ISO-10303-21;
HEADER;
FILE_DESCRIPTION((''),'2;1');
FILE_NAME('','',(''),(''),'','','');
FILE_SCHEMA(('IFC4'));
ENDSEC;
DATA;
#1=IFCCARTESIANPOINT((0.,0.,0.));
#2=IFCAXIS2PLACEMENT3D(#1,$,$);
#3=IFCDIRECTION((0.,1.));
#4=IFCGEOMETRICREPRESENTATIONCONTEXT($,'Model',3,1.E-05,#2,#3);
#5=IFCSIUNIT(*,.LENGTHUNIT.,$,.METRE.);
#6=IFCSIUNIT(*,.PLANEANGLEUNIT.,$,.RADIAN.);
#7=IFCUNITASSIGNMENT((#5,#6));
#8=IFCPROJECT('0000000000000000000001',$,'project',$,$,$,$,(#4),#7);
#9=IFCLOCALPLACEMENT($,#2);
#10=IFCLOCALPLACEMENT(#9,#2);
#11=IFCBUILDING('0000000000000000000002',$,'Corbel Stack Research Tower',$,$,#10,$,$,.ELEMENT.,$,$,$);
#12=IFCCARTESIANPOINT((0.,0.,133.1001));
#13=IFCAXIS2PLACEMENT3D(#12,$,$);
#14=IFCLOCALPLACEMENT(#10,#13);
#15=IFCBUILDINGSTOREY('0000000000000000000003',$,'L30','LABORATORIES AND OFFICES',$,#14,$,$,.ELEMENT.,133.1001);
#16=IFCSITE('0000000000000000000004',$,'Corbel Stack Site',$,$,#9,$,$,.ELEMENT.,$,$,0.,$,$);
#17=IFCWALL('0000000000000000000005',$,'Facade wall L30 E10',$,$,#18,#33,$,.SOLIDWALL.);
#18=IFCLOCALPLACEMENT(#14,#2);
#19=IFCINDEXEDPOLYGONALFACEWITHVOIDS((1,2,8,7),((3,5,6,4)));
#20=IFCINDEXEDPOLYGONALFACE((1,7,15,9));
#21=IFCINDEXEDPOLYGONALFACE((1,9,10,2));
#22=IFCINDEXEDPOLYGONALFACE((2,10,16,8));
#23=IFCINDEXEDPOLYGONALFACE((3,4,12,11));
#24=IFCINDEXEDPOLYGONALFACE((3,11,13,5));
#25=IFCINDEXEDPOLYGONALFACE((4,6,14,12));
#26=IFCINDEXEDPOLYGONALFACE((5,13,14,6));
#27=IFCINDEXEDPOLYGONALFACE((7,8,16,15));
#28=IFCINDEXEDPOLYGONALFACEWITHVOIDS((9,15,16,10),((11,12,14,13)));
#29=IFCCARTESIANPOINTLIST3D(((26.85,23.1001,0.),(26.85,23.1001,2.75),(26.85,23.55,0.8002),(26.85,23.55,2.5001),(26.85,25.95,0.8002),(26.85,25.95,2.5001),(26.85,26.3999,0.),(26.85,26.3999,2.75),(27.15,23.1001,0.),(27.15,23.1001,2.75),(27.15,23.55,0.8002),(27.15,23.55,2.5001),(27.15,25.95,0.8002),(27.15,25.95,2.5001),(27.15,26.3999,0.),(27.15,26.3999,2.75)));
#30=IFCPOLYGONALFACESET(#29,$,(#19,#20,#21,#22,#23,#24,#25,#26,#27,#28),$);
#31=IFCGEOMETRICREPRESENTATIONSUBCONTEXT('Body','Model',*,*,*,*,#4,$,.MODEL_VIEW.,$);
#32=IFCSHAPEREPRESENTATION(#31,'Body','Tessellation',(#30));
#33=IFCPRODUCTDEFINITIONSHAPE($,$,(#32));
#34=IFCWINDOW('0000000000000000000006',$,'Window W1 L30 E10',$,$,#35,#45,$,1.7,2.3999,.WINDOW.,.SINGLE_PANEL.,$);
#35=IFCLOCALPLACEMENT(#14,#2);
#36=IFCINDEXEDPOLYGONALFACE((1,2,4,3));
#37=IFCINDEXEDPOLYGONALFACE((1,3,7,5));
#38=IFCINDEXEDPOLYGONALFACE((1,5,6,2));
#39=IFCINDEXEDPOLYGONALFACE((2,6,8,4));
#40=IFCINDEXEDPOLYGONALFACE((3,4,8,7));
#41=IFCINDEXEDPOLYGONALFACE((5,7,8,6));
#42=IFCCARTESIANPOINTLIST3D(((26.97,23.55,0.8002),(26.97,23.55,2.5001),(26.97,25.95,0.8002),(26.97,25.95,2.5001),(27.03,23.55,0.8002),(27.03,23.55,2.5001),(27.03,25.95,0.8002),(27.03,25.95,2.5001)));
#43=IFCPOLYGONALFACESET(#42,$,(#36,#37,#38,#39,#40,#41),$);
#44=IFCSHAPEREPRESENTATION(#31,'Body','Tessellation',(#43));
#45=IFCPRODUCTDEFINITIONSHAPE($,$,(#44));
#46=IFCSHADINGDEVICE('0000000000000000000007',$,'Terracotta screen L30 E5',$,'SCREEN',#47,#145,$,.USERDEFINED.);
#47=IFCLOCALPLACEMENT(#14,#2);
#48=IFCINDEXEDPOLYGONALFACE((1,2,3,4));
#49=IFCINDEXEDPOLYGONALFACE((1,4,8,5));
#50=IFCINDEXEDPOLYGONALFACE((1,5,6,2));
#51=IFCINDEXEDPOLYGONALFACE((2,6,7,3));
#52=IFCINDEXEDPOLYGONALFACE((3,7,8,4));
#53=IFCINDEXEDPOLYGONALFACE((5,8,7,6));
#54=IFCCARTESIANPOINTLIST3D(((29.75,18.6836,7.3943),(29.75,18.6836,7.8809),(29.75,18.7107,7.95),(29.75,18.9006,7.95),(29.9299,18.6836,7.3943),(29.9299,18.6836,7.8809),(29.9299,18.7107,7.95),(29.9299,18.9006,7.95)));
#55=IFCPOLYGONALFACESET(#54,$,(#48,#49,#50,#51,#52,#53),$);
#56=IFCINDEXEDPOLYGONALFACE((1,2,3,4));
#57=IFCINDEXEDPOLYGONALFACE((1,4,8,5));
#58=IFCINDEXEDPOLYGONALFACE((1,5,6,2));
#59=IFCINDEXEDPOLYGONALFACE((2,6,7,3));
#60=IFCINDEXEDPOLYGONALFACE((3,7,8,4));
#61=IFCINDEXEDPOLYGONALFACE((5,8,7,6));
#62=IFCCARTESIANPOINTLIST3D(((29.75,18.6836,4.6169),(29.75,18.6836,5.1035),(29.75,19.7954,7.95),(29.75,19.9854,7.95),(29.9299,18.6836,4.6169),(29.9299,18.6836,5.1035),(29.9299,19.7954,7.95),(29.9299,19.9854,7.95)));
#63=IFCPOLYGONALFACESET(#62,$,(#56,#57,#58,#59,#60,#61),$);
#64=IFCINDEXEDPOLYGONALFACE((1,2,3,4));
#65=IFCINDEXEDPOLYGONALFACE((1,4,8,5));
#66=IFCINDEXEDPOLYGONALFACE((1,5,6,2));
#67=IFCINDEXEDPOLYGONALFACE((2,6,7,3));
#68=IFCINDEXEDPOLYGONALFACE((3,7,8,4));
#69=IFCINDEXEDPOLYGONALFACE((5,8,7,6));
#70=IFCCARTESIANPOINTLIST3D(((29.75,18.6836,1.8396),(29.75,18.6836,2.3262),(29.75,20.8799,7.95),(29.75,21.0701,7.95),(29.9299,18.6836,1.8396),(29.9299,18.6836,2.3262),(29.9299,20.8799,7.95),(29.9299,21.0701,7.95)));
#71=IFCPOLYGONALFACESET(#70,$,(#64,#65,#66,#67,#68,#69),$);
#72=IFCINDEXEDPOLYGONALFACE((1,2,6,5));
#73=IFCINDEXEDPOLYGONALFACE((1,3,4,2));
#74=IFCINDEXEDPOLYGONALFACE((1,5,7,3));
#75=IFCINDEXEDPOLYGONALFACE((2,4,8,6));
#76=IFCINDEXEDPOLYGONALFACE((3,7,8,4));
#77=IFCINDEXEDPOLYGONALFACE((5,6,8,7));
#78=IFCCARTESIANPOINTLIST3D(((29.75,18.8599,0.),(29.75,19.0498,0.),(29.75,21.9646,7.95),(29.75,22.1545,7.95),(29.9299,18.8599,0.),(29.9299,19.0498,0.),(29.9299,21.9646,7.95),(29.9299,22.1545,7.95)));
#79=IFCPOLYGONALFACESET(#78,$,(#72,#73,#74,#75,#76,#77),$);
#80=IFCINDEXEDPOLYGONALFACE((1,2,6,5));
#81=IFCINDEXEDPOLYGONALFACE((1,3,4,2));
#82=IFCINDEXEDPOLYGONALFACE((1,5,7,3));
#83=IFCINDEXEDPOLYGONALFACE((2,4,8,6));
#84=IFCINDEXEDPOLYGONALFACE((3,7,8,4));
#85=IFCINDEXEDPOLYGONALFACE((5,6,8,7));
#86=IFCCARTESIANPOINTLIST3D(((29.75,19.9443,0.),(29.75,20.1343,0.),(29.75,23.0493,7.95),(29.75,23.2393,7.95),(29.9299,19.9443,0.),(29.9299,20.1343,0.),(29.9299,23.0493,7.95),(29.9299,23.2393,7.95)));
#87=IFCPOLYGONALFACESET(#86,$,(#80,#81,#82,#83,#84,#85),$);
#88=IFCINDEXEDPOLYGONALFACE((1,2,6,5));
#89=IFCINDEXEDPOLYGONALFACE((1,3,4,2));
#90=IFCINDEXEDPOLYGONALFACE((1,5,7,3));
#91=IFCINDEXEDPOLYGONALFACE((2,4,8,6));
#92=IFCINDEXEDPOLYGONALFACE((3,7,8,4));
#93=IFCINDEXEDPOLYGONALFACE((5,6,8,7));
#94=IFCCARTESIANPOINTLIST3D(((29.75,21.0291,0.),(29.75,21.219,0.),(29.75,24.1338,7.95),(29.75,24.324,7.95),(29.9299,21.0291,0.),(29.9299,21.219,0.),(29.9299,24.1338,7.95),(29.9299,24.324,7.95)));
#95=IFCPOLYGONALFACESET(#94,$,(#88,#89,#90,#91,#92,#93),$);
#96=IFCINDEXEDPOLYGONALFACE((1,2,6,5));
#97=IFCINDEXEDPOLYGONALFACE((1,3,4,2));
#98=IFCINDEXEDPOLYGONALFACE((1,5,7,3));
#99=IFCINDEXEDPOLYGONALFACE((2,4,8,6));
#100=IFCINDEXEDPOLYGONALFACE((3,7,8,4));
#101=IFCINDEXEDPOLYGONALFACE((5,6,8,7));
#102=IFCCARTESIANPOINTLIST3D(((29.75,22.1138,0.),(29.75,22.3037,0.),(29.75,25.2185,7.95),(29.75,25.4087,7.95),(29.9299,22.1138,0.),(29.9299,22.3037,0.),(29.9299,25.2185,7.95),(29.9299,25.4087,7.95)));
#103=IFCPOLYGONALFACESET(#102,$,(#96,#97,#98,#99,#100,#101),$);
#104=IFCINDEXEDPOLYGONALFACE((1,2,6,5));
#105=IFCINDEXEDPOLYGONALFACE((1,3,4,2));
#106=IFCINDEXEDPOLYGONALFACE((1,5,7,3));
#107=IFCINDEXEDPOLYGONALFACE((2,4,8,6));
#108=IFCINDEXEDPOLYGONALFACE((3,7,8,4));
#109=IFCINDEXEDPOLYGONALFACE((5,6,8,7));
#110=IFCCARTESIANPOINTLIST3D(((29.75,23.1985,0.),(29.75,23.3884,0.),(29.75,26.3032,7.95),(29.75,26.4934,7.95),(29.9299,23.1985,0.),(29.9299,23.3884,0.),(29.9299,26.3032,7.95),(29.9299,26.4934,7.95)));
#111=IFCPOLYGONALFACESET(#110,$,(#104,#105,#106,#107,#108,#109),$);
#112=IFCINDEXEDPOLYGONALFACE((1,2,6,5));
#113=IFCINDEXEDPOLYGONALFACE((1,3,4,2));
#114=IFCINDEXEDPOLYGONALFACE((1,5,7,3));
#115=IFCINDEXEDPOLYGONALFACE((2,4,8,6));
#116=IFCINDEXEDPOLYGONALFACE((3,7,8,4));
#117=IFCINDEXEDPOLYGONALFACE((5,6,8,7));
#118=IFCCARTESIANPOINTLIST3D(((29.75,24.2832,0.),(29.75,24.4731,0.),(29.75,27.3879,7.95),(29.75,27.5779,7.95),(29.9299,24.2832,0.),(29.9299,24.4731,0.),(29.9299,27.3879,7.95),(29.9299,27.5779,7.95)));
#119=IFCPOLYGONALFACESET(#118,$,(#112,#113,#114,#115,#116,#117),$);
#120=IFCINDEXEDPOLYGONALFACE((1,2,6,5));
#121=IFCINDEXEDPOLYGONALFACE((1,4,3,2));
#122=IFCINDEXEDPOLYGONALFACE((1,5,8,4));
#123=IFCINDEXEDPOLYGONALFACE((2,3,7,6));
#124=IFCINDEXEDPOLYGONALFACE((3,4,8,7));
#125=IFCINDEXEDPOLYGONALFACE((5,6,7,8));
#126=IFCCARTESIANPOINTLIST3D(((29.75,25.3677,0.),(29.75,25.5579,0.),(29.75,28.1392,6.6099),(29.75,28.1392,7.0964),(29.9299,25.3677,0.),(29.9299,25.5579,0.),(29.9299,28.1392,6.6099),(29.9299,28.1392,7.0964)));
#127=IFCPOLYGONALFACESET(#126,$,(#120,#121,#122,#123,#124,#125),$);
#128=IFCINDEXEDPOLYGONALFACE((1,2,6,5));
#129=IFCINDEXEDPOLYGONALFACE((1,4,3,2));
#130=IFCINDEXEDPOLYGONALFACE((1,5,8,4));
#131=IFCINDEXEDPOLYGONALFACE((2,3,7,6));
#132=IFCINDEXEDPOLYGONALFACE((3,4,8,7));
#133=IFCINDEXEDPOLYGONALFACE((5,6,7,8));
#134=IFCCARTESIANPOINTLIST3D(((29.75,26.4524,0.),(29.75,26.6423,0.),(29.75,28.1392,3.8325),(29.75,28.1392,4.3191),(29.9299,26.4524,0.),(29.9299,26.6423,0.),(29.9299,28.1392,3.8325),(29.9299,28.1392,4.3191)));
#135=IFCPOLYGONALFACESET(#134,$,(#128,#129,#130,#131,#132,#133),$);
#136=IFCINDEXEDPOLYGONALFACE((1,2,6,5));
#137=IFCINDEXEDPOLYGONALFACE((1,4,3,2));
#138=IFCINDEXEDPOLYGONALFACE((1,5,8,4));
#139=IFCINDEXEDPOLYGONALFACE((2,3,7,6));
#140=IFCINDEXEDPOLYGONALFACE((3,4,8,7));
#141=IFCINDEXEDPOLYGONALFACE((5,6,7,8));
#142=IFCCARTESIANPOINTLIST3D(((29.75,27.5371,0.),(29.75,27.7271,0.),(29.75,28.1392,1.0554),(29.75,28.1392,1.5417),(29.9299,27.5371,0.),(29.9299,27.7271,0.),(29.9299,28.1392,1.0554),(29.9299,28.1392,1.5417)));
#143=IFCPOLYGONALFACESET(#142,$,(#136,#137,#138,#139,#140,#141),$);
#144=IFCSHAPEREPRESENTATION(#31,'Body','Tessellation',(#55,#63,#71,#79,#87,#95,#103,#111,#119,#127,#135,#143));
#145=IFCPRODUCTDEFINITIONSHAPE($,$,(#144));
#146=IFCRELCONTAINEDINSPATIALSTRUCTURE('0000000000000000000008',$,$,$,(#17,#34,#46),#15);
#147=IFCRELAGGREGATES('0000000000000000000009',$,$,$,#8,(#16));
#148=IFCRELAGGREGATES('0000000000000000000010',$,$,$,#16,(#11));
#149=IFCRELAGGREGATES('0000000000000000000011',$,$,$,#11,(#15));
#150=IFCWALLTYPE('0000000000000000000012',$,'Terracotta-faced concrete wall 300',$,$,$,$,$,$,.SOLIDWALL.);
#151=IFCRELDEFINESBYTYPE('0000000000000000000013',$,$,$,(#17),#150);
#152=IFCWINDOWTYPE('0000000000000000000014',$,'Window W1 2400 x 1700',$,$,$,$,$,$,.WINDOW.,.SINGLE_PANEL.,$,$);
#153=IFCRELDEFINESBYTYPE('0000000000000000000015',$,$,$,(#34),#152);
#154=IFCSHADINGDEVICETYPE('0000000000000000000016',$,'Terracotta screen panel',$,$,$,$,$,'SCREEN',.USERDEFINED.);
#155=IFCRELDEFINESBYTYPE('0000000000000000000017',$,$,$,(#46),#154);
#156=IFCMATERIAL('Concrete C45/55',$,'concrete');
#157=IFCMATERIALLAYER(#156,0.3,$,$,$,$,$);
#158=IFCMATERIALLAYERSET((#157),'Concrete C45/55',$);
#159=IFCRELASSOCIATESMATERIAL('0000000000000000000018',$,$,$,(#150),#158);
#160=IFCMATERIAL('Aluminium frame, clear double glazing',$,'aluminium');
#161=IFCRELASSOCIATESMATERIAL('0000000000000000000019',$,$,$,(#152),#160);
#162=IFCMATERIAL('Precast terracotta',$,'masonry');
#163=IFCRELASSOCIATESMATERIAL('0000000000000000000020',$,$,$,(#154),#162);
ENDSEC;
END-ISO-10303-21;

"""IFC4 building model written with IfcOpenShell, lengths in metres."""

from ifc_helpers import new_model, si_unit, direction, frame, frame_2d, origin, place, context, subcontext, project, spatial, polyline, rectangle, outline, extrude, source, transform, mapped, material, layer, layer_set, type_object, element, fill, save


model = new_model("IFC4")

# Units and contexts
model_context = context("Model", 3, precision=1e-05, world=origin(), true_north=direction((0.0, 1.0)))
body_context = subcontext(model_context, "Body", "Model", "MODEL_VIEW")
ifc_project = project(units=[si_unit("LENGTHUNIT", "METRE"), si_unit("PLANEANGLEUNIT", "RADIAN")], contexts=[model_context])

# Site, building, storey
site_placement = place(None, origin())
site = spatial("IfcSite", under=ifc_project, at=site_placement, Name="Corbel Stack Site", CompositionType="ELEMENT", RefElevation=0.0)
building_placement = place(site_placement, origin())
building = spatial("IfcBuilding", under=site, at=building_placement, Name="Corbel Stack Research Tower", CompositionType="ELEMENT")
storey_placement = place(building_placement, frame((0.0, 0.0, 133.1001)))
storey = spatial("IfcBuildingStorey", under=building, at=storey_placement, Name="L30", Description="LABORATORIES AND OFFICES", CompositionType="ELEMENT", Elevation=133.1001)

# Shared definitions
ifc_material_1 = material(Name="Concrete C45/55", Category="concrete")
ifc_layer_1 = layer(ifc_material_1, 0.3)
ifc_layer_set_1 = layer_set([ifc_layer_1], Name="Concrete C45/55")
wall_type_1 = type_object("IfcWallType", Name="Terracotta-faced concrete wall 300", PredefinedType="SOLIDWALL", material=ifc_layer_set_1)

# Wall, opening, window
wall_1_placement = place(storey_placement, frame((27.0, 26.3999, 0.0), z_axis=(0.0, 0.0, 1.0), x_axis=(0.0, -1.0, 0.0)))
wall_1 = element("IfcWall", 1, at=wall_1_placement, inside=storey, type_object=wall_type_1, Name="Facade wall L30 E10", PredefinedType="SOLIDWALL", context=body_context, shape_type="SweptSolid", body=[
    extrude(rectangle(XDim=3.2998, YDim=0.3, at=frame_2d((1.6499, 0.0))), origin(), (0.0, 0.0, 1.0), 2.75),
])
opening_1_placement = place(wall_1_placement, frame((0.45, 0.0, 0.8)))
opening_1 = element("IfcOpeningElement", 2, at=opening_1_placement, cuts=wall_1, PredefinedType="OPENING", context=body_context, shape_type="SweptSolid", body=[
    extrude(rectangle(XDim=2.3999, YDim=1.7, at=frame_2d((1.2, 0.8501))), frame((0.0, 0.1599, 0.0), z_axis=(0.0, -1.0, 0.0), x_axis=(1.0, 0.0, 0.0)), (0.0, 0.0, 1.0), 0.3201),
])
ifc_material_2 = material(Name="Aluminium frame, clear double glazing", Category="aluminium")
window_type = type_object("IfcWindowType", Name="Window W1 2400 x 1700", PartitioningType="SINGLE_PANEL", PredefinedType="WINDOW", material=ifc_material_2)
window_placement = place(opening_1_placement, origin())
window = element("IfcWindow", 3, at=window_placement, inside=storey, type_object=window_type, Name="Window W1 L30 E10", OverallHeight=1.7, OverallWidth=2.3999, PartitioningType="SINGLE_PANEL", PredefinedType="WINDOW", context=body_context, shape_type="SweptSolid", body=[
    extrude(rectangle(XDim=2.3999, YDim=1.7, at=frame_2d((1.2, 0.8501))), frame((0.0, 0.03, 0.0), z_axis=(0.0, -1.0, 0.0), x_axis=(1.0, 0.0, 0.0)), (0.0, 0.0, 1.0), 0.0601),
])
fill(opening_1, window)

# Shading device
ifc_material_3 = material(Name="Precast terracotta", Category="masonry")
shading_device_type = type_object("IfcShadingDeviceType", Name="Terracotta screen panel", ElementType="SCREEN", PredefinedType="USERDEFINED", material=ifc_material_3)
shared_shape = source(origin(), body_context, "Body", "SweptSolid", [
    extrude(outline(polyline([(0.217, 7.95), (0.0271, 7.95), (0.0, 7.8809), (0.0, 7.3943), (0.217, 7.95)])), frame((0.0, 0.0, 0.0), z_axis=(0.0, -1.0, 0.0), x_axis=(1.0, 0.0, 0.0)), (0.0, 0.0, 1.0), 0.1799),
    extrude(outline(polyline([(1.3018, 7.95), (1.1118, 7.95), (0.0, 5.1035), (0.0, 4.6169), (1.3018, 7.95)])), frame((0.0, 0.0, 0.0), z_axis=(0.0, -1.0, 0.0), x_axis=(1.0, 0.0, 0.0)), (0.0, 0.0, 1.0), 0.1799),
    extrude(outline(polyline([(2.3865, 7.95), (2.1963, 7.95), (0.0, 2.3262), (0.0, 1.8396), (2.3865, 7.95)])), frame((0.0, 0.0, 0.0), z_axis=(0.0, -1.0, 0.0), x_axis=(1.0, 0.0, 0.0)), (0.0, 0.0, 1.0), 0.1799),
    extrude(outline(polyline([(0.3662, 0.0), (3.4709, 7.95), (3.281, 7.95), (0.1763, 0.0), (0.3662, 0.0)])), frame((0.0, 0.0, 0.0), z_axis=(0.0, -1.0, 0.0), x_axis=(1.0, 0.0, 0.0)), (0.0, 0.0, 1.0), 0.1799),
    extrude(outline(polyline([(1.4507, 0.0), (4.5557, 7.95), (4.3657, 7.95), (1.2607, 0.0), (1.4507, 0.0)])), frame((0.0, 0.0, 0.0), z_axis=(0.0, -1.0, 0.0), x_axis=(1.0, 0.0, 0.0)), (0.0, 0.0, 1.0), 0.1799),
    extrude(outline(polyline([(2.5354, 0.0), (5.6404, 7.95), (5.4502, 7.95), (2.3455, 0.0), (2.5354, 0.0)])), frame((0.0, 0.0, 0.0), z_axis=(0.0, -1.0, 0.0), x_axis=(1.0, 0.0, 0.0)), (0.0, 0.0, 1.0), 0.1799),
    extrude(outline(polyline([(3.6201, 0.0), (6.7251, 7.95), (6.5349, 7.95), (3.4302, 0.0), (3.6201, 0.0)])), frame((0.0, 0.0, 0.0), z_axis=(0.0, -1.0, 0.0), x_axis=(1.0, 0.0, 0.0)), (0.0, 0.0, 1.0), 0.1799),
    extrude(outline(polyline([(4.7048, 0.0), (7.8098, 7.95), (7.6196, 7.95), (4.5149, 0.0), (4.7048, 0.0)])), frame((0.0, 0.0, 0.0), z_axis=(0.0, -1.0, 0.0), x_axis=(1.0, 0.0, 0.0)), (0.0, 0.0, 1.0), 0.1799),
    extrude(outline(polyline([(5.7896, 0.0), (8.8943, 7.95), (8.7043, 7.95), (5.5996, 0.0), (5.7896, 0.0)])), frame((0.0, 0.0, 0.0), z_axis=(0.0, -1.0, 0.0), x_axis=(1.0, 0.0, 0.0)), (0.0, 0.0, 1.0), 0.1799),
    extrude(outline(polyline([(6.8743, 0.0), (9.4556, 6.6099), (9.4556, 7.0964), (6.6841, 0.0), (6.8743, 0.0)])), frame((0.0, 0.0, 0.0), z_axis=(0.0, -1.0, 0.0), x_axis=(1.0, 0.0, 0.0)), (0.0, 0.0, 1.0), 0.1799),
    extrude(outline(polyline([(7.9587, 0.0), (9.4556, 3.8325), (9.4556, 4.3191), (7.7688, 0.0), (7.9587, 0.0)])), frame((0.0, 0.0, 0.0), z_axis=(0.0, -1.0, 0.0), x_axis=(1.0, 0.0, 0.0)), (0.0, 0.0, 1.0), 0.1799),
    extrude(outline(polyline([(9.0435, 0.0), (9.4556, 1.0554), (9.4556, 1.5417), (8.8535, 0.0), (9.0435, 0.0)])), frame((0.0, 0.0, 0.0), z_axis=(0.0, -1.0, 0.0), x_axis=(1.0, 0.0, 0.0)), (0.0, 0.0, 1.0), 0.1799),
])
shading_device_placement = place(storey_placement, frame((29.75, 18.6836, 0.0), z_axis=(0.0, 0.0, 1.0), x_axis=(0.0, 1.0, 0.0)))
element("IfcShadingDevice", 4, at=shading_device_placement, inside=storey, type_object=shading_device_type, Name="Terracotta screen L30 E5", ObjectType="SCREEN", PredefinedType="USERDEFINED", context=body_context, shape_type="MappedRepresentation", body=[
    mapped(shared_shape, transform((0.0, 0.0, 0.0))),
])

save(model, "model.ifc")
